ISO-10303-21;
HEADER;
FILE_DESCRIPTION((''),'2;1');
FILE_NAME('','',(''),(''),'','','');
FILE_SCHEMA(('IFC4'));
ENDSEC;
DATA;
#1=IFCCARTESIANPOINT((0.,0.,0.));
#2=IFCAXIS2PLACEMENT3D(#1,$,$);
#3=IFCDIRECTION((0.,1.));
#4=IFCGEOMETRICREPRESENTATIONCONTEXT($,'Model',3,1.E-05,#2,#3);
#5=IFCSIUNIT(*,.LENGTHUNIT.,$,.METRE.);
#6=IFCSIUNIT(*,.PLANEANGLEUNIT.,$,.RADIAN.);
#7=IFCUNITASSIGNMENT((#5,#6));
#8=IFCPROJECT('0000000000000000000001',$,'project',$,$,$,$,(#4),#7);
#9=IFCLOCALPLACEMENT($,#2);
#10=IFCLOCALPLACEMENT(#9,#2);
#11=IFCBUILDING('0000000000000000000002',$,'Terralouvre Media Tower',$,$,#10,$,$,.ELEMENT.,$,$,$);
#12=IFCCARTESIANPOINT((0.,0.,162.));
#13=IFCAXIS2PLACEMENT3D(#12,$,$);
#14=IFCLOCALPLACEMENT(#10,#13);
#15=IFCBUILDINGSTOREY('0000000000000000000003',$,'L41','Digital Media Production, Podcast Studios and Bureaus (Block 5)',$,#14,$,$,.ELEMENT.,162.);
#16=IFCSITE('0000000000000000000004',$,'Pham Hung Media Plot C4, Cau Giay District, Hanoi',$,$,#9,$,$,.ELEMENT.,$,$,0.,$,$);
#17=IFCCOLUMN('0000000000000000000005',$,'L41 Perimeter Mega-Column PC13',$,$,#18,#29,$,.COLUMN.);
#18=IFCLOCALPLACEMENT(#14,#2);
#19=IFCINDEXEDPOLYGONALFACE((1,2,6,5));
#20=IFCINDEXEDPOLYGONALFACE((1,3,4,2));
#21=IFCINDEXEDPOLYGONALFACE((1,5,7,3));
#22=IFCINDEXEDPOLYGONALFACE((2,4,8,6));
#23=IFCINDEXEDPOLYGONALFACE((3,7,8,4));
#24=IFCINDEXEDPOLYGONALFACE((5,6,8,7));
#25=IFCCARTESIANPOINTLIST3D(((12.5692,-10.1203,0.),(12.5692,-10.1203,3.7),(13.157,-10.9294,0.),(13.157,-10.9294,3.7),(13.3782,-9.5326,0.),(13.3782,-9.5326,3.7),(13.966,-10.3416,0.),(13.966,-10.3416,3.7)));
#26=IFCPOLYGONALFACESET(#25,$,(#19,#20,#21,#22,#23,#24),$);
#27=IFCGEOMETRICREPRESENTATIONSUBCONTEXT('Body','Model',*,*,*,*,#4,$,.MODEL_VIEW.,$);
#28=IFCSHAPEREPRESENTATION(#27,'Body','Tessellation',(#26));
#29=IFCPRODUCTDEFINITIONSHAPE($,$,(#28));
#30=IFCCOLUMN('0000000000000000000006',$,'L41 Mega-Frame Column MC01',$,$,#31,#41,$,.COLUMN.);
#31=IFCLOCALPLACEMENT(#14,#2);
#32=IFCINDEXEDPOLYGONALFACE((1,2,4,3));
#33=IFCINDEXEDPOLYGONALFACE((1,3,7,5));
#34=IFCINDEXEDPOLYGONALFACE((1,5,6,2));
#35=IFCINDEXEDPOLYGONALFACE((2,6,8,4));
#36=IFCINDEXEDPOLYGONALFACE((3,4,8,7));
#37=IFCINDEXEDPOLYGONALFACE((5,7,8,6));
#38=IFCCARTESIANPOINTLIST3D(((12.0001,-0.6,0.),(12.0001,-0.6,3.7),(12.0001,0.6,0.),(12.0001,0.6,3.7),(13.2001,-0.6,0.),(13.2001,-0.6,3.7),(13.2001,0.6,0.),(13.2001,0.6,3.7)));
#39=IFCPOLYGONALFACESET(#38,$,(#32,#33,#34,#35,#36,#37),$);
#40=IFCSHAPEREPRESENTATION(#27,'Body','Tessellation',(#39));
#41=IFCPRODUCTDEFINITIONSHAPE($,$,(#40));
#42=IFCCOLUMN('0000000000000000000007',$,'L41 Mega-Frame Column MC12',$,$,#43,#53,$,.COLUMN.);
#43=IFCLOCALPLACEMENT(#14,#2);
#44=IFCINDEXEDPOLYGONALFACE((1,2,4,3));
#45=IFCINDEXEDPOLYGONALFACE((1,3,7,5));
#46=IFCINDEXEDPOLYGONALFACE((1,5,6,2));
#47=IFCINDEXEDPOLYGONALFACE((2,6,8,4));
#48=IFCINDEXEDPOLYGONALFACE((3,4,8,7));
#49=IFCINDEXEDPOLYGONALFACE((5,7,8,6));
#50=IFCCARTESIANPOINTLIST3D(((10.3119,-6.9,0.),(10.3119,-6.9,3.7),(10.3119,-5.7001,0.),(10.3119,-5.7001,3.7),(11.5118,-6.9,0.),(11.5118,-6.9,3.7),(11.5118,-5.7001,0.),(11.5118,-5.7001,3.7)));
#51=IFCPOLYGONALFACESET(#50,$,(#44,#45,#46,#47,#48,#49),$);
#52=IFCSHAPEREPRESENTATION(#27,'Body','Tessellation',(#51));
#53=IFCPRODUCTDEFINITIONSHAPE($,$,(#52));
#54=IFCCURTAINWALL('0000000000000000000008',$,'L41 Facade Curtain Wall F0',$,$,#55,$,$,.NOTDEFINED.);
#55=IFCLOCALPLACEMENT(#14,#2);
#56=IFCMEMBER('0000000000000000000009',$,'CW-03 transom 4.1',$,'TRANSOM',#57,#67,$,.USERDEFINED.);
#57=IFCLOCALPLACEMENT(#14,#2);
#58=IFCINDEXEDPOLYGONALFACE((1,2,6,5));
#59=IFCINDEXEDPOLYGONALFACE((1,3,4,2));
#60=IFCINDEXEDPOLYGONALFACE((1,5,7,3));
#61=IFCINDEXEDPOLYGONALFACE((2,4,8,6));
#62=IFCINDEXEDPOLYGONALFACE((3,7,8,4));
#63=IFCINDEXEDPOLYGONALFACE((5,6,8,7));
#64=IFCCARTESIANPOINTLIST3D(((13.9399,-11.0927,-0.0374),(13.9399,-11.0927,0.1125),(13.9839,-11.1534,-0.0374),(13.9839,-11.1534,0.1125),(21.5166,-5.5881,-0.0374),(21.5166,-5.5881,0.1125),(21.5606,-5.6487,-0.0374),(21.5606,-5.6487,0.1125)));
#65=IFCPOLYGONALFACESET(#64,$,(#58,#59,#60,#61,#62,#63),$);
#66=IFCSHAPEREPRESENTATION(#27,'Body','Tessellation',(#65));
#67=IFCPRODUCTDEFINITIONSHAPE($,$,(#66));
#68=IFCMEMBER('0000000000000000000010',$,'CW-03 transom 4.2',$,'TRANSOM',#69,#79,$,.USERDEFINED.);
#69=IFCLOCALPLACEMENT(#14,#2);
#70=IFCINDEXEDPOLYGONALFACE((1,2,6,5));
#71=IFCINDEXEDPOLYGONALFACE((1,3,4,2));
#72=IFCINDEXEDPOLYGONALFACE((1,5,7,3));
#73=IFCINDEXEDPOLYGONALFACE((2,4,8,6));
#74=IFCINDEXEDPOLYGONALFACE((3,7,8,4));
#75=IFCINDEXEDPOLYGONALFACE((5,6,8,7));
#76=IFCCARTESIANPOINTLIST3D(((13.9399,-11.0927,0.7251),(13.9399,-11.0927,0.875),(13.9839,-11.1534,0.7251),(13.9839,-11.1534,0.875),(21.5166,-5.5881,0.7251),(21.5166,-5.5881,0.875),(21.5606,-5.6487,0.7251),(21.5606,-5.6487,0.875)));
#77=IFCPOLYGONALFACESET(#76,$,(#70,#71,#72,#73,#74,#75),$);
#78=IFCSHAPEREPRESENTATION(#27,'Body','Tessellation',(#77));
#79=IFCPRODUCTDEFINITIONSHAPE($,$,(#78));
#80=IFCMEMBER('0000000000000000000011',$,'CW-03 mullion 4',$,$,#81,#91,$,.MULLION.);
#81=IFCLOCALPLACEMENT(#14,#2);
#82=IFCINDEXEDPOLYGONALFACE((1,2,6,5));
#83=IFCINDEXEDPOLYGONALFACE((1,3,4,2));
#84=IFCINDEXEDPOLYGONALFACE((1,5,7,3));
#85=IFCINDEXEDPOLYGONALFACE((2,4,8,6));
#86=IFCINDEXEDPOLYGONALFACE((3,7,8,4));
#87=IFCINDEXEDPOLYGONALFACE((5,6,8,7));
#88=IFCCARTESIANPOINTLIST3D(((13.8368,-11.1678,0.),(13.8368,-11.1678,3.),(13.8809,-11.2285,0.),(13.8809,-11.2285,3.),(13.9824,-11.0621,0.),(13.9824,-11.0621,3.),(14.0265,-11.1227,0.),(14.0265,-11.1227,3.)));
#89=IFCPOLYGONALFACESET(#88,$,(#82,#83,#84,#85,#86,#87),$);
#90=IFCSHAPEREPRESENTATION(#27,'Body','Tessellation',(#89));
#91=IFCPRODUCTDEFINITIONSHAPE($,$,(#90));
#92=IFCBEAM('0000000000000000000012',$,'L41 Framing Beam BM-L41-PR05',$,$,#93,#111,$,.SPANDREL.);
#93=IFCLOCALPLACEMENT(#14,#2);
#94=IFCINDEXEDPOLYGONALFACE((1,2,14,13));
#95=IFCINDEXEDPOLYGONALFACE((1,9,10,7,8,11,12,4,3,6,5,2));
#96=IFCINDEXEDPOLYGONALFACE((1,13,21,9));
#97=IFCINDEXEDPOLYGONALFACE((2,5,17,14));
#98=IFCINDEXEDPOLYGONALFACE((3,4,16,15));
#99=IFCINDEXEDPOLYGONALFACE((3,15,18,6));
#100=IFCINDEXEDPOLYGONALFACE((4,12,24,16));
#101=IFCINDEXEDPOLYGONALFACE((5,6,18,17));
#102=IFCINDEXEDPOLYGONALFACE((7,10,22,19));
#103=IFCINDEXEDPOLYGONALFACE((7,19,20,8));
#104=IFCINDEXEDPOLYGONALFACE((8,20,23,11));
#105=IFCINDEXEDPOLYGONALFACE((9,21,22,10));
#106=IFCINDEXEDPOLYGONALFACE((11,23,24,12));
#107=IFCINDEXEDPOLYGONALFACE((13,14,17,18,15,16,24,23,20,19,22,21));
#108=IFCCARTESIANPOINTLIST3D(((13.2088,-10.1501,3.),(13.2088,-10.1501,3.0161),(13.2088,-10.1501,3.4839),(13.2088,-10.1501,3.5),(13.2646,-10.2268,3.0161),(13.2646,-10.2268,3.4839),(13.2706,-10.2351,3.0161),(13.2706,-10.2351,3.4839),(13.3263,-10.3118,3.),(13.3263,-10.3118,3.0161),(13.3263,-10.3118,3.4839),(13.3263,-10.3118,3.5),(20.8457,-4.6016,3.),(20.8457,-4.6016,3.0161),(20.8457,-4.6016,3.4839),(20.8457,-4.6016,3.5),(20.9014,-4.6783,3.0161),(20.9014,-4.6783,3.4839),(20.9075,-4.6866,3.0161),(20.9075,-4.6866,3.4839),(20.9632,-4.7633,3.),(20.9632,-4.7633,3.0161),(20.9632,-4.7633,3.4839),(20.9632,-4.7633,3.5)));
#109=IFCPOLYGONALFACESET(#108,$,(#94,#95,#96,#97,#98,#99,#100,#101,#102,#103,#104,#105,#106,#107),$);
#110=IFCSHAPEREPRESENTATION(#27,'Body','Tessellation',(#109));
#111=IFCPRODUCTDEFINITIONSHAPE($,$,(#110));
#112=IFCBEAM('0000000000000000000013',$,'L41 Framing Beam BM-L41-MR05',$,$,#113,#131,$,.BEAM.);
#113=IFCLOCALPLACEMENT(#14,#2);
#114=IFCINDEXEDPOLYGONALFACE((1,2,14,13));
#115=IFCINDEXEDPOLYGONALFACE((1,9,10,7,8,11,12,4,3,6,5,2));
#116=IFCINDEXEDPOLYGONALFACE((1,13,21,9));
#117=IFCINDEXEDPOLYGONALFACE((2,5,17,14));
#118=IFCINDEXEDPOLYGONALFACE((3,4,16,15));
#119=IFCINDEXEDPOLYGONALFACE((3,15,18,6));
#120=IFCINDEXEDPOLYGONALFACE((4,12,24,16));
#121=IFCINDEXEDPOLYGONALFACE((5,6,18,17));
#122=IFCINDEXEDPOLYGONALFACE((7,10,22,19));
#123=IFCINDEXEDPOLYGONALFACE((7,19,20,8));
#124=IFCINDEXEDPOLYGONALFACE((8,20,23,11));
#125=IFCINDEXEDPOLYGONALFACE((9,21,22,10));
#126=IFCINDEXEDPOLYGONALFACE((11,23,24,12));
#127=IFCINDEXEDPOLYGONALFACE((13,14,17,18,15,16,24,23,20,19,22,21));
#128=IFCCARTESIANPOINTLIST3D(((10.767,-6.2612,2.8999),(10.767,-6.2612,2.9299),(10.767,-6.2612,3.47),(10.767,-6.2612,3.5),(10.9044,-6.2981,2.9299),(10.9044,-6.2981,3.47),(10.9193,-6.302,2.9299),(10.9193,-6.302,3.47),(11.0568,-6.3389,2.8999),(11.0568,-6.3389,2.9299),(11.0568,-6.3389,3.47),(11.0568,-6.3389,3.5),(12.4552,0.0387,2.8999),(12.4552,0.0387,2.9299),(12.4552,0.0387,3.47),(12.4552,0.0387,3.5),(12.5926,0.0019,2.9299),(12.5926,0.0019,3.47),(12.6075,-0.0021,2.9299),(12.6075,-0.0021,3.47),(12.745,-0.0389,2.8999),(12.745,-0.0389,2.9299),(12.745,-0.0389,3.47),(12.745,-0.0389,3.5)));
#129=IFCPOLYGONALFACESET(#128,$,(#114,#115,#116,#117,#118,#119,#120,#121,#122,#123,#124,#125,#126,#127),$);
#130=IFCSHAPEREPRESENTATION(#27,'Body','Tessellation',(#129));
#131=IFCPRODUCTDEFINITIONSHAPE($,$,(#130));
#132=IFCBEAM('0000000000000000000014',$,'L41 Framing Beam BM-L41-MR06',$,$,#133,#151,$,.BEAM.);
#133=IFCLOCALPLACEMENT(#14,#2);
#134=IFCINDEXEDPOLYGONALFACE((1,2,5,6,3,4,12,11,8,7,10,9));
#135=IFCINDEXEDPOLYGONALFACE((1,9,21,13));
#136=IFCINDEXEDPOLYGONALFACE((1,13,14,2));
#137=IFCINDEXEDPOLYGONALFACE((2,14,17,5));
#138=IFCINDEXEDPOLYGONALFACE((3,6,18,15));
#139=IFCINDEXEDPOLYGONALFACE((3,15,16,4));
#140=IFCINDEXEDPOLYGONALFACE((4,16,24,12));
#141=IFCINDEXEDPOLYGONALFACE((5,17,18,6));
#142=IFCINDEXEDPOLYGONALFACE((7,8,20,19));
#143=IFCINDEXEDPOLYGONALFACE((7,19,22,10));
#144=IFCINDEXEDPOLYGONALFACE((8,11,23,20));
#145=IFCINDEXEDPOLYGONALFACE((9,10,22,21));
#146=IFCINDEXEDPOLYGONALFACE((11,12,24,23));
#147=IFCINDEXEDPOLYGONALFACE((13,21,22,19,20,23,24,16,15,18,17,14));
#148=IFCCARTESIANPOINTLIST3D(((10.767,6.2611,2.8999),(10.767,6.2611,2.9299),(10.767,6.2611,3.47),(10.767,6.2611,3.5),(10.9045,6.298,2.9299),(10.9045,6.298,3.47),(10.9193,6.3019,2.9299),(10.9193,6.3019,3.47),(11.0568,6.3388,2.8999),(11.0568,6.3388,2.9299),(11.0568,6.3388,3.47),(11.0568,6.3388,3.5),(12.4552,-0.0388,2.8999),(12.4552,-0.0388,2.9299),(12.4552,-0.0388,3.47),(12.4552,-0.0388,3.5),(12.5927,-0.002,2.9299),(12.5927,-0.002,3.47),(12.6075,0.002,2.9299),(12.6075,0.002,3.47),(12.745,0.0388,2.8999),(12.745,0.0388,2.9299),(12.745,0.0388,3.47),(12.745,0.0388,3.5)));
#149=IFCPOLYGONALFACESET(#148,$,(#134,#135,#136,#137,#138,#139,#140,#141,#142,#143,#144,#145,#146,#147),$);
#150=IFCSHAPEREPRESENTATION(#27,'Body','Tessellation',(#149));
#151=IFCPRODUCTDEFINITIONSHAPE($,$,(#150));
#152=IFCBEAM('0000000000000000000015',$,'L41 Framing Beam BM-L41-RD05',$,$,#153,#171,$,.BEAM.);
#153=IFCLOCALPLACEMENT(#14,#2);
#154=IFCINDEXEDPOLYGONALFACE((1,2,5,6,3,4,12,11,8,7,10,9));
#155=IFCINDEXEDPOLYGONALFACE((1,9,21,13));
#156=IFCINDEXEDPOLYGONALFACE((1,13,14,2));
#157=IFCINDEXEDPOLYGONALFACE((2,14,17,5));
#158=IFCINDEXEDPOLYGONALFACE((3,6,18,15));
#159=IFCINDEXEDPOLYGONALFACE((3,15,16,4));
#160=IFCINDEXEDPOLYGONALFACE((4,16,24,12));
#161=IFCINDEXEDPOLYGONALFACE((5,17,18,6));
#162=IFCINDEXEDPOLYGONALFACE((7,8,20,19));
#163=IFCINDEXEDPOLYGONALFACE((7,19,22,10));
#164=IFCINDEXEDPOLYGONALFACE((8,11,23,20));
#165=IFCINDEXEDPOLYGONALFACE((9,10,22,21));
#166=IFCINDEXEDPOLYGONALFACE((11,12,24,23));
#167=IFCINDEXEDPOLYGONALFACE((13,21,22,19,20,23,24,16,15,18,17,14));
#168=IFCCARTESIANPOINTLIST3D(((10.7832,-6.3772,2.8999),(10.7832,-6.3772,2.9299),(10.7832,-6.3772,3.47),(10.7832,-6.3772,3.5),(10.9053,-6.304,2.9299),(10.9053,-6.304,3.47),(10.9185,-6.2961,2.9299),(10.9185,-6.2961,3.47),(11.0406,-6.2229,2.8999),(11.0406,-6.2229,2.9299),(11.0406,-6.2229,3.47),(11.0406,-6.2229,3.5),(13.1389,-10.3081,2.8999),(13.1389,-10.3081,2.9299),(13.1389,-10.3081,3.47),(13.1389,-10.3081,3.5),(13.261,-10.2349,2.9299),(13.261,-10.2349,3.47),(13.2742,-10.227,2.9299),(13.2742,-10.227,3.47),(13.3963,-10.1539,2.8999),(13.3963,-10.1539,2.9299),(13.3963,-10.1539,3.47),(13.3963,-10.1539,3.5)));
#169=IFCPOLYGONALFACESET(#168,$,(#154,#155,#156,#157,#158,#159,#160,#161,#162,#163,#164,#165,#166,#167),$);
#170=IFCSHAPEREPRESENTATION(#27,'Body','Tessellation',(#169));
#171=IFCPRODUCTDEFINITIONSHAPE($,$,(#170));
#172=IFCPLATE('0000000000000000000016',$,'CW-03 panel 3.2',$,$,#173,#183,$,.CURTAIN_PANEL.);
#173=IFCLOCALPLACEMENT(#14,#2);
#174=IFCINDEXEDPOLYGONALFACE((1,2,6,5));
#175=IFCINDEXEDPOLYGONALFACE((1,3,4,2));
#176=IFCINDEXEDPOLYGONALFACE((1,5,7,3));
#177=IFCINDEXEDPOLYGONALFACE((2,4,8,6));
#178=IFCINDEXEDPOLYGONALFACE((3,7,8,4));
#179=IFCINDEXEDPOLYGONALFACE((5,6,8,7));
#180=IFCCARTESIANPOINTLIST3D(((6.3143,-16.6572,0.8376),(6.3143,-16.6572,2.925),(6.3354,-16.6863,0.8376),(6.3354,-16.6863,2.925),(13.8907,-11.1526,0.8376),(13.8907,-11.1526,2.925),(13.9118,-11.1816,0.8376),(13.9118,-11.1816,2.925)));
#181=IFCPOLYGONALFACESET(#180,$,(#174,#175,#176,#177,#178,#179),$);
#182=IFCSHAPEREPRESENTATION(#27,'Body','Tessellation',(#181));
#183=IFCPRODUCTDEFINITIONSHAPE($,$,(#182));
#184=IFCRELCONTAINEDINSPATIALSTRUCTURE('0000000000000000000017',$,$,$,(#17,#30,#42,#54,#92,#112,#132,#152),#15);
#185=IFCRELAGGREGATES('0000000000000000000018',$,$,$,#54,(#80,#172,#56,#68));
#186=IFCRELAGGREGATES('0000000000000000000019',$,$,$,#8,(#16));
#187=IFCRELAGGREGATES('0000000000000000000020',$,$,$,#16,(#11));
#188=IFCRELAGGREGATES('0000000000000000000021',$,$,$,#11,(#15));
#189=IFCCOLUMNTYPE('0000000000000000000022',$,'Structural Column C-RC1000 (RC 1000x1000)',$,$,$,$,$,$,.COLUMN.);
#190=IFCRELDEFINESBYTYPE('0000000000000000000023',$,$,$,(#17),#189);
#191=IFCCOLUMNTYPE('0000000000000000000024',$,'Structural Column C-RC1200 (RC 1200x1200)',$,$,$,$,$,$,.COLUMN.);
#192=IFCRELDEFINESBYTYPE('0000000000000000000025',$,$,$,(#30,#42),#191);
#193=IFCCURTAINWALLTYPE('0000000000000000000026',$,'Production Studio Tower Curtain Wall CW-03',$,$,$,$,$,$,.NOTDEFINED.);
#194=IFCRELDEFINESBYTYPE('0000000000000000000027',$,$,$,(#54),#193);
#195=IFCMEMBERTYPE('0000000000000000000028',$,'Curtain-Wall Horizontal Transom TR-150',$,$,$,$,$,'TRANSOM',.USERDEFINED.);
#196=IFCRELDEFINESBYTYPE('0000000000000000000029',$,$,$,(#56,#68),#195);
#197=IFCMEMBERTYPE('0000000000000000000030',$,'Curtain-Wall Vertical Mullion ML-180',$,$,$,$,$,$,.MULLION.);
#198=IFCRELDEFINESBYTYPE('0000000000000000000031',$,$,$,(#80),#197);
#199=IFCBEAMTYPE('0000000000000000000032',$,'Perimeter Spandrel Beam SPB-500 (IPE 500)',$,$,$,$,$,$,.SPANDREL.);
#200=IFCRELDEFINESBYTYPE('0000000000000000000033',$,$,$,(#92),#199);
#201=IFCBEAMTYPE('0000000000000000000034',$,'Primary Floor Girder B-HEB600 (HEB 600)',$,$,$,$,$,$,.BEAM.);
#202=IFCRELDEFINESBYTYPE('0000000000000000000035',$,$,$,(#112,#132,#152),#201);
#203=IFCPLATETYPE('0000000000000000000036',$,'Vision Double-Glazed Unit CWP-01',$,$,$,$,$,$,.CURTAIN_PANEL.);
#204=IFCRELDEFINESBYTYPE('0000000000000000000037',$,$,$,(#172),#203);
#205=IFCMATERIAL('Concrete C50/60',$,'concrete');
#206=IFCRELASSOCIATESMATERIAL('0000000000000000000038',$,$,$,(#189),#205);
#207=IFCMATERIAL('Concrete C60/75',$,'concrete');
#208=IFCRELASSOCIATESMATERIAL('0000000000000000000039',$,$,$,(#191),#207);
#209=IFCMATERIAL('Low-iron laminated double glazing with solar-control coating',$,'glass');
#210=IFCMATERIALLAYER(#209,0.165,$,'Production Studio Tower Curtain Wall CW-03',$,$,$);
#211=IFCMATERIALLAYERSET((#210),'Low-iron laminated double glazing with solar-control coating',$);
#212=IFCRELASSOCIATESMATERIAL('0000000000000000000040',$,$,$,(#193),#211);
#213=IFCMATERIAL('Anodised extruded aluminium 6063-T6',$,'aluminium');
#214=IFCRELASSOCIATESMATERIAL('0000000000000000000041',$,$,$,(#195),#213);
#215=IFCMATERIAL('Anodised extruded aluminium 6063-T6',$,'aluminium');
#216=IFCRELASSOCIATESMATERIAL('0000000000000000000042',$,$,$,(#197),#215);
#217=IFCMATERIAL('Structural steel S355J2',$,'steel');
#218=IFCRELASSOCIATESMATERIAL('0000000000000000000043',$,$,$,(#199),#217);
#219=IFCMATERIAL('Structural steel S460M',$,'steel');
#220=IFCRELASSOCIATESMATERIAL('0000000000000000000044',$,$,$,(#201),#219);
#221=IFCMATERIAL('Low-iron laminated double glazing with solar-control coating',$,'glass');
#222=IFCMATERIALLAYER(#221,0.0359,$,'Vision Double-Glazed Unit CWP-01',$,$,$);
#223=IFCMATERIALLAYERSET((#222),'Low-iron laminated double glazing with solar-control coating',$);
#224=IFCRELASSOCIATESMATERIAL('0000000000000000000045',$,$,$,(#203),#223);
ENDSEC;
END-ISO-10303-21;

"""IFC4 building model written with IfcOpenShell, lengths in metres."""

from ifc_helpers import new_model, si_unit, direction, frame, origin, origin_2d, place, context, subcontext, project, spatial, rectangle, i_section, extrude, material, layer, layer_set, material_profile, profile_set, type_object, element, aggregate, save


model = new_model("IFC4")

# Units and contexts
model_context = context("Model", 3, precision=1e-05, world=origin(), true_north=direction((0.0, 1.0)))
body_context = subcontext(model_context, "Body", "Model", "MODEL_VIEW")
ifc_project = project(units=[si_unit("LENGTHUNIT", "METRE"), si_unit("PLANEANGLEUNIT", "RADIAN")], contexts=[model_context])

# Site, building, storey
site_placement = place(None, origin())
site = spatial("IfcSite", under=ifc_project, at=site_placement, Name="Pham Hung Media Plot C4, Cau Giay District, Hanoi", CompositionType="ELEMENT", RefElevation=0.0)
building_placement = place(site_placement, origin())
building = spatial("IfcBuilding", under=site, at=building_placement, Name="Terralouvre Media Tower", CompositionType="ELEMENT")
storey_placement = place(building_placement, frame((0.0, 0.0, 162.0)))
storey = spatial("IfcBuildingStorey", under=building, at=storey_placement, Name="L41", Description="Digital Media Production, Podcast Studios and Bureaus (Block 5)", CompositionType="ELEMENT", Elevation=162.0)

# Columns
ifc_material_1 = material(Name="Concrete C50/60", Category="concrete")
ifc_material_profile_1 = material_profile(ifc_material_1, rectangle(XDim=1.0, YDim=1.0, at=origin_2d()), Name="RC 1000x1000")
ifc_profile_set_1 = profile_set([ifc_material_profile_1], Name="Concrete C50/60")
column_type_1 = type_object("IfcColumnType", Name="Structural Column C-RC1000 (RC 1000x1000)", PredefinedType="COLUMN", material=ifc_profile_set_1)
column_placement = place(storey_placement, frame((13.2676, -10.231, 0.0), z_axis=(0.0, 0.0, 1.0), x_axis=(0.809017, 0.587785, 0.0)))
element("IfcColumn", 1, at=column_placement, inside=storey, type_object=column_type_1, Name="L41 Perimeter Mega-Column PC13", PredefinedType="COLUMN", context=body_context, shape_type="SweptSolid", body=[
    extrude(rectangle(XDim=1.0, YDim=1.0, at=origin_2d()), origin(), (0.0, 0.0, 1.0), 3.7),
])
ifc_material_2 = material(Name="Concrete C60/75", Category="concrete")
ifc_material_profile_2 = material_profile(ifc_material_2, rectangle(XDim=1.2, YDim=1.2, at=origin_2d()), Name="RC 1200x1200")
ifc_profile_set_2 = profile_set([ifc_material_profile_2], Name="Concrete C60/75")
column_type_2 = type_object("IfcColumnType", Name="Structural Column C-RC1200 (RC 1200x1200)", PredefinedType="COLUMN", material=ifc_profile_set_2)
for number, where, z_axis, x_axis, name in (
    (2, (12.6001, 0.0, 0.0), (0.0, 0.0, 1.0), (1.0, 0.0, 0.0), "L41 Mega-Frame Column MC01"),
    (3, (10.9119, -6.3, 0.0), (0.0, 0.0, 1.0), (1.0, 0.0, 0.0), "L41 Mega-Frame Column MC12"),
):
    element("IfcColumn", number, at=place(storey_placement, frame(where, z_axis=z_axis, x_axis=x_axis)), inside=storey, type_object=column_type_2, Name=name, PredefinedType="COLUMN", context=body_context, shape_type="SweptSolid", body=[
        extrude(rectangle(XDim=1.2, YDim=1.2, at=origin_2d()), origin(), (0.0, 0.0, 1.0), 3.7),
    ])

# Curtain wall, members
ifc_material_3 = material(Name="Low-iron laminated double glazing with solar-control coating", Category="glass")
ifc_layer_1 = layer(ifc_material_3, 0.165, Name="Production Studio Tower Curtain Wall CW-03")
ifc_layer_set_1 = layer_set([ifc_layer_1], Name="Low-iron laminated double glazing with solar-control coating")
curtain_wall_type = type_object("IfcCurtainWallType", Name="Production Studio Tower Curtain Wall CW-03", PredefinedType="NOTDEFINED", material=ifc_layer_set_1)
curtain_wall_placement = place(storey_placement, origin())
curtain_wall = element("IfcCurtainWall", 4, at=curtain_wall_placement, inside=storey, type_object=curtain_wall_type, Name="L41 Facade Curtain Wall F0", PredefinedType="NOTDEFINED")
ifc_material_4 = material(Name="Anodised extruded aluminium 6063-T6", Category="aluminium")
ifc_material_profile_3 = material_profile(ifc_material_4, rectangle(XDim=0.075, YDim=0.1499, at=origin_2d()), Name="ALU 75x150")
ifc_profile_set_3 = profile_set([ifc_material_profile_3], Name="Anodised extruded aluminium 6063-T6")
member_type_1 = type_object("IfcMemberType", Name="Curtain-Wall Horizontal Transom TR-150", ElementType="TRANSOM", PredefinedType="USERDEFINED", material=ifc_profile_set_3)
member_1_placement = place(storey_placement, frame((13.9619, -11.123, 0.0376), z_axis=(0.809023, 0.587776, 0.0), x_axis=(-0.587776, 0.809023, 0.0)))
member_1 = element("IfcMember", 5, at=member_1_placement, type_object=member_type_1, Name="CW-03 transom 4.1", ObjectType="TRANSOM", PredefinedType="USERDEFINED", context=body_context, shape_type="SweptSolid", body=[
    extrude(rectangle(XDim=0.075, YDim=0.1499, at=origin_2d()), origin(), (0.0, 0.0, 1.0), 9.3652),
])
member_2_placement = place(storey_placement, frame((13.9619, -11.123, 0.8), z_axis=(0.809023, 0.587776, 0.0), x_axis=(-0.587776, 0.809023, 0.0)))
member_2 = element("IfcMember", 6, at=member_2_placement, type_object=member_type_1, Name="CW-03 transom 4.2", ObjectType="TRANSOM", PredefinedType="USERDEFINED", context=body_context, shape_type="SweptSolid", body=[
    extrude(rectangle(XDim=0.075, YDim=0.1499, at=origin_2d()), origin(), (0.0, 0.0, 1.0), 9.3652),
])
ifc_material_5 = material(Name="Anodised extruded aluminium 6063-T6", Category="aluminium")
ifc_material_profile_4 = material_profile(ifc_material_5, rectangle(XDim=0.075, YDim=0.1799, at=origin_2d()), Name="ALU 75x180")
ifc_profile_set_4 = profile_set([ifc_material_profile_4], Name="Anodised extruded aluminium 6063-T6")
member_type_2 = type_object("IfcMemberType", Name="Curtain-Wall Vertical Mullion ML-180", PredefinedType="MULLION", material=ifc_profile_set_4)
member_3_placement = place(storey_placement, frame((13.9316, -11.1453, 0.0), z_axis=(0.0, 0.0, 1.0), x_axis=(-0.587785, 0.809017, 0.0)))
member_3 = element("IfcMember", 7, at=member_3_placement, type_object=member_type_2, Name="CW-03 mullion 4", PredefinedType="MULLION", context=body_context, shape_type="SweptSolid", body=[
    extrude(rectangle(XDim=0.075, YDim=0.1799, at=origin_2d()), origin(), (0.0, 0.0, 1.0), 3.0),
])

# Beams
ifc_material_6 = material(Name="Structural steel S355J2", Category="steel")
ifc_material_profile_5 = material_profile(ifc_material_6, i_section(OverallWidth=0.2, OverallDepth=0.5, WebThickness=0.0103, FlangeThickness=0.0161, at=origin_2d()), Name="IPE 500")
ifc_profile_set_5 = profile_set([ifc_material_profile_5], Name="Structural steel S355J2")
beam_type_1 = type_object("IfcBeamType", Name="Perimeter Spandrel Beam SPB-500 (IPE 500)", PredefinedType="SPANDREL", material=ifc_profile_set_5)
beam_1_placement = place(storey_placement, frame((13.2676, -10.231, 3.25), z_axis=(0.809017, 0.587786, 0.0), x_axis=(-0.587786, 0.809017, 0.0)))
element("IfcBeam", 8, at=beam_1_placement, inside=storey, type_object=beam_type_1, Name="L41 Framing Beam BM-L41-PR05", PredefinedType="SPANDREL", context=body_context, shape_type="SweptSolid", body=[
    extrude(i_section(OverallWidth=0.2, OverallDepth=0.5, WebThickness=0.0103, FlangeThickness=0.0161, at=origin_2d()), origin(), (0.0, 0.0, 1.0), 9.4397),
])
ifc_material_7 = material(Name="Structural steel S460M", Category="steel")
ifc_material_profile_6 = material_profile(ifc_material_7, i_section(OverallWidth=0.3, OverallDepth=0.6001, WebThickness=0.0154, FlangeThickness=0.03, at=origin_2d()), Name="HEB 600")
ifc_profile_set_6 = profile_set([ifc_material_profile_6], Name="Structural steel S460M")
beam_type_2 = type_object("IfcBeamType", Name="Primary Floor Girder B-HEB600 (HEB 600)", PredefinedType="BEAM", material=ifc_profile_set_6)
for number, where, z_axis, x_axis, name in (
    (9, (10.9119, -6.3, 3.2), (0.258839, 0.96592, 0.0), (-0.96592, 0.258839, 0.0), "L41 Framing Beam BM-L41-MR05"),
    (10, (12.6001, 0.0, 3.2), (-0.258839, 0.96592, 0.0), (-0.96592, -0.258839, 0.0), "L41 Framing Beam BM-L41-MR06"),
):
    element("IfcBeam", number, at=place(storey_placement, frame(where, z_axis=z_axis, x_axis=x_axis)), inside=storey, type_object=beam_type_2, Name=name, PredefinedType="BEAM", context=body_context, shape_type="SweptSolid", body=[
        extrude(i_section(OverallWidth=0.3, OverallDepth=0.6001, WebThickness=0.0154, FlangeThickness=0.03, at=origin_2d()), origin(), (0.0, 0.0, 1.0), 6.5222),
    ])
beam_2_placement = place(storey_placement, frame((10.9119, -6.3, 3.2), z_axis=(0.514041, -0.857765, 0.0), x_axis=(0.857765, 0.514041, 0.0)))
element("IfcBeam", 11, at=beam_2_placement, inside=storey, type_object=beam_type_2, Name="L41 Framing Beam BM-L41-RD05", PredefinedType="BEAM", context=body_context, shape_type="SweptSolid", body=[
    extrude(i_section(OverallWidth=0.3, OverallDepth=0.6001, WebThickness=0.0154, FlangeThickness=0.03, at=origin_2d()), origin(), (0.0, 0.0, 1.0), 4.5828),
])

# Plate
ifc_material_8 = material(Name="Low-iron laminated double glazing with solar-control coating", Category="glass")
ifc_layer_2 = layer(ifc_material_8, 0.0359, Name="Vision Double-Glazed Unit CWP-01")
ifc_layer_set_2 = layer_set([ifc_layer_2], Name="Low-iron laminated double glazing with solar-control coating")
plate_type = type_object("IfcPlateType", Name="Vision Double-Glazed Unit CWP-01", PredefinedType="CURTAIN_PANEL", material=ifc_layer_set_2)
plate_placement = place(storey_placement, frame((10.113, -13.9194, 0.8376), z_axis=(0.0, 0.0, 1.0), x_axis=(0.809017, 0.587785, 0.0)))
plate = element("IfcPlate", 12, at=plate_placement, type_object=plate_type, Name="CW-03 panel 3.2", PredefinedType="CURTAIN_PANEL", context=body_context, shape_type="SweptSolid", body=[
    extrude(rectangle(XDim=9.365, YDim=0.0359, at=origin_2d()), origin(), (0.0, 0.0, 1.0), 2.0874),
])
aggregate(curtain_wall, [member_3, plate, member_1, member_2])

save(model, "model.ifc")
